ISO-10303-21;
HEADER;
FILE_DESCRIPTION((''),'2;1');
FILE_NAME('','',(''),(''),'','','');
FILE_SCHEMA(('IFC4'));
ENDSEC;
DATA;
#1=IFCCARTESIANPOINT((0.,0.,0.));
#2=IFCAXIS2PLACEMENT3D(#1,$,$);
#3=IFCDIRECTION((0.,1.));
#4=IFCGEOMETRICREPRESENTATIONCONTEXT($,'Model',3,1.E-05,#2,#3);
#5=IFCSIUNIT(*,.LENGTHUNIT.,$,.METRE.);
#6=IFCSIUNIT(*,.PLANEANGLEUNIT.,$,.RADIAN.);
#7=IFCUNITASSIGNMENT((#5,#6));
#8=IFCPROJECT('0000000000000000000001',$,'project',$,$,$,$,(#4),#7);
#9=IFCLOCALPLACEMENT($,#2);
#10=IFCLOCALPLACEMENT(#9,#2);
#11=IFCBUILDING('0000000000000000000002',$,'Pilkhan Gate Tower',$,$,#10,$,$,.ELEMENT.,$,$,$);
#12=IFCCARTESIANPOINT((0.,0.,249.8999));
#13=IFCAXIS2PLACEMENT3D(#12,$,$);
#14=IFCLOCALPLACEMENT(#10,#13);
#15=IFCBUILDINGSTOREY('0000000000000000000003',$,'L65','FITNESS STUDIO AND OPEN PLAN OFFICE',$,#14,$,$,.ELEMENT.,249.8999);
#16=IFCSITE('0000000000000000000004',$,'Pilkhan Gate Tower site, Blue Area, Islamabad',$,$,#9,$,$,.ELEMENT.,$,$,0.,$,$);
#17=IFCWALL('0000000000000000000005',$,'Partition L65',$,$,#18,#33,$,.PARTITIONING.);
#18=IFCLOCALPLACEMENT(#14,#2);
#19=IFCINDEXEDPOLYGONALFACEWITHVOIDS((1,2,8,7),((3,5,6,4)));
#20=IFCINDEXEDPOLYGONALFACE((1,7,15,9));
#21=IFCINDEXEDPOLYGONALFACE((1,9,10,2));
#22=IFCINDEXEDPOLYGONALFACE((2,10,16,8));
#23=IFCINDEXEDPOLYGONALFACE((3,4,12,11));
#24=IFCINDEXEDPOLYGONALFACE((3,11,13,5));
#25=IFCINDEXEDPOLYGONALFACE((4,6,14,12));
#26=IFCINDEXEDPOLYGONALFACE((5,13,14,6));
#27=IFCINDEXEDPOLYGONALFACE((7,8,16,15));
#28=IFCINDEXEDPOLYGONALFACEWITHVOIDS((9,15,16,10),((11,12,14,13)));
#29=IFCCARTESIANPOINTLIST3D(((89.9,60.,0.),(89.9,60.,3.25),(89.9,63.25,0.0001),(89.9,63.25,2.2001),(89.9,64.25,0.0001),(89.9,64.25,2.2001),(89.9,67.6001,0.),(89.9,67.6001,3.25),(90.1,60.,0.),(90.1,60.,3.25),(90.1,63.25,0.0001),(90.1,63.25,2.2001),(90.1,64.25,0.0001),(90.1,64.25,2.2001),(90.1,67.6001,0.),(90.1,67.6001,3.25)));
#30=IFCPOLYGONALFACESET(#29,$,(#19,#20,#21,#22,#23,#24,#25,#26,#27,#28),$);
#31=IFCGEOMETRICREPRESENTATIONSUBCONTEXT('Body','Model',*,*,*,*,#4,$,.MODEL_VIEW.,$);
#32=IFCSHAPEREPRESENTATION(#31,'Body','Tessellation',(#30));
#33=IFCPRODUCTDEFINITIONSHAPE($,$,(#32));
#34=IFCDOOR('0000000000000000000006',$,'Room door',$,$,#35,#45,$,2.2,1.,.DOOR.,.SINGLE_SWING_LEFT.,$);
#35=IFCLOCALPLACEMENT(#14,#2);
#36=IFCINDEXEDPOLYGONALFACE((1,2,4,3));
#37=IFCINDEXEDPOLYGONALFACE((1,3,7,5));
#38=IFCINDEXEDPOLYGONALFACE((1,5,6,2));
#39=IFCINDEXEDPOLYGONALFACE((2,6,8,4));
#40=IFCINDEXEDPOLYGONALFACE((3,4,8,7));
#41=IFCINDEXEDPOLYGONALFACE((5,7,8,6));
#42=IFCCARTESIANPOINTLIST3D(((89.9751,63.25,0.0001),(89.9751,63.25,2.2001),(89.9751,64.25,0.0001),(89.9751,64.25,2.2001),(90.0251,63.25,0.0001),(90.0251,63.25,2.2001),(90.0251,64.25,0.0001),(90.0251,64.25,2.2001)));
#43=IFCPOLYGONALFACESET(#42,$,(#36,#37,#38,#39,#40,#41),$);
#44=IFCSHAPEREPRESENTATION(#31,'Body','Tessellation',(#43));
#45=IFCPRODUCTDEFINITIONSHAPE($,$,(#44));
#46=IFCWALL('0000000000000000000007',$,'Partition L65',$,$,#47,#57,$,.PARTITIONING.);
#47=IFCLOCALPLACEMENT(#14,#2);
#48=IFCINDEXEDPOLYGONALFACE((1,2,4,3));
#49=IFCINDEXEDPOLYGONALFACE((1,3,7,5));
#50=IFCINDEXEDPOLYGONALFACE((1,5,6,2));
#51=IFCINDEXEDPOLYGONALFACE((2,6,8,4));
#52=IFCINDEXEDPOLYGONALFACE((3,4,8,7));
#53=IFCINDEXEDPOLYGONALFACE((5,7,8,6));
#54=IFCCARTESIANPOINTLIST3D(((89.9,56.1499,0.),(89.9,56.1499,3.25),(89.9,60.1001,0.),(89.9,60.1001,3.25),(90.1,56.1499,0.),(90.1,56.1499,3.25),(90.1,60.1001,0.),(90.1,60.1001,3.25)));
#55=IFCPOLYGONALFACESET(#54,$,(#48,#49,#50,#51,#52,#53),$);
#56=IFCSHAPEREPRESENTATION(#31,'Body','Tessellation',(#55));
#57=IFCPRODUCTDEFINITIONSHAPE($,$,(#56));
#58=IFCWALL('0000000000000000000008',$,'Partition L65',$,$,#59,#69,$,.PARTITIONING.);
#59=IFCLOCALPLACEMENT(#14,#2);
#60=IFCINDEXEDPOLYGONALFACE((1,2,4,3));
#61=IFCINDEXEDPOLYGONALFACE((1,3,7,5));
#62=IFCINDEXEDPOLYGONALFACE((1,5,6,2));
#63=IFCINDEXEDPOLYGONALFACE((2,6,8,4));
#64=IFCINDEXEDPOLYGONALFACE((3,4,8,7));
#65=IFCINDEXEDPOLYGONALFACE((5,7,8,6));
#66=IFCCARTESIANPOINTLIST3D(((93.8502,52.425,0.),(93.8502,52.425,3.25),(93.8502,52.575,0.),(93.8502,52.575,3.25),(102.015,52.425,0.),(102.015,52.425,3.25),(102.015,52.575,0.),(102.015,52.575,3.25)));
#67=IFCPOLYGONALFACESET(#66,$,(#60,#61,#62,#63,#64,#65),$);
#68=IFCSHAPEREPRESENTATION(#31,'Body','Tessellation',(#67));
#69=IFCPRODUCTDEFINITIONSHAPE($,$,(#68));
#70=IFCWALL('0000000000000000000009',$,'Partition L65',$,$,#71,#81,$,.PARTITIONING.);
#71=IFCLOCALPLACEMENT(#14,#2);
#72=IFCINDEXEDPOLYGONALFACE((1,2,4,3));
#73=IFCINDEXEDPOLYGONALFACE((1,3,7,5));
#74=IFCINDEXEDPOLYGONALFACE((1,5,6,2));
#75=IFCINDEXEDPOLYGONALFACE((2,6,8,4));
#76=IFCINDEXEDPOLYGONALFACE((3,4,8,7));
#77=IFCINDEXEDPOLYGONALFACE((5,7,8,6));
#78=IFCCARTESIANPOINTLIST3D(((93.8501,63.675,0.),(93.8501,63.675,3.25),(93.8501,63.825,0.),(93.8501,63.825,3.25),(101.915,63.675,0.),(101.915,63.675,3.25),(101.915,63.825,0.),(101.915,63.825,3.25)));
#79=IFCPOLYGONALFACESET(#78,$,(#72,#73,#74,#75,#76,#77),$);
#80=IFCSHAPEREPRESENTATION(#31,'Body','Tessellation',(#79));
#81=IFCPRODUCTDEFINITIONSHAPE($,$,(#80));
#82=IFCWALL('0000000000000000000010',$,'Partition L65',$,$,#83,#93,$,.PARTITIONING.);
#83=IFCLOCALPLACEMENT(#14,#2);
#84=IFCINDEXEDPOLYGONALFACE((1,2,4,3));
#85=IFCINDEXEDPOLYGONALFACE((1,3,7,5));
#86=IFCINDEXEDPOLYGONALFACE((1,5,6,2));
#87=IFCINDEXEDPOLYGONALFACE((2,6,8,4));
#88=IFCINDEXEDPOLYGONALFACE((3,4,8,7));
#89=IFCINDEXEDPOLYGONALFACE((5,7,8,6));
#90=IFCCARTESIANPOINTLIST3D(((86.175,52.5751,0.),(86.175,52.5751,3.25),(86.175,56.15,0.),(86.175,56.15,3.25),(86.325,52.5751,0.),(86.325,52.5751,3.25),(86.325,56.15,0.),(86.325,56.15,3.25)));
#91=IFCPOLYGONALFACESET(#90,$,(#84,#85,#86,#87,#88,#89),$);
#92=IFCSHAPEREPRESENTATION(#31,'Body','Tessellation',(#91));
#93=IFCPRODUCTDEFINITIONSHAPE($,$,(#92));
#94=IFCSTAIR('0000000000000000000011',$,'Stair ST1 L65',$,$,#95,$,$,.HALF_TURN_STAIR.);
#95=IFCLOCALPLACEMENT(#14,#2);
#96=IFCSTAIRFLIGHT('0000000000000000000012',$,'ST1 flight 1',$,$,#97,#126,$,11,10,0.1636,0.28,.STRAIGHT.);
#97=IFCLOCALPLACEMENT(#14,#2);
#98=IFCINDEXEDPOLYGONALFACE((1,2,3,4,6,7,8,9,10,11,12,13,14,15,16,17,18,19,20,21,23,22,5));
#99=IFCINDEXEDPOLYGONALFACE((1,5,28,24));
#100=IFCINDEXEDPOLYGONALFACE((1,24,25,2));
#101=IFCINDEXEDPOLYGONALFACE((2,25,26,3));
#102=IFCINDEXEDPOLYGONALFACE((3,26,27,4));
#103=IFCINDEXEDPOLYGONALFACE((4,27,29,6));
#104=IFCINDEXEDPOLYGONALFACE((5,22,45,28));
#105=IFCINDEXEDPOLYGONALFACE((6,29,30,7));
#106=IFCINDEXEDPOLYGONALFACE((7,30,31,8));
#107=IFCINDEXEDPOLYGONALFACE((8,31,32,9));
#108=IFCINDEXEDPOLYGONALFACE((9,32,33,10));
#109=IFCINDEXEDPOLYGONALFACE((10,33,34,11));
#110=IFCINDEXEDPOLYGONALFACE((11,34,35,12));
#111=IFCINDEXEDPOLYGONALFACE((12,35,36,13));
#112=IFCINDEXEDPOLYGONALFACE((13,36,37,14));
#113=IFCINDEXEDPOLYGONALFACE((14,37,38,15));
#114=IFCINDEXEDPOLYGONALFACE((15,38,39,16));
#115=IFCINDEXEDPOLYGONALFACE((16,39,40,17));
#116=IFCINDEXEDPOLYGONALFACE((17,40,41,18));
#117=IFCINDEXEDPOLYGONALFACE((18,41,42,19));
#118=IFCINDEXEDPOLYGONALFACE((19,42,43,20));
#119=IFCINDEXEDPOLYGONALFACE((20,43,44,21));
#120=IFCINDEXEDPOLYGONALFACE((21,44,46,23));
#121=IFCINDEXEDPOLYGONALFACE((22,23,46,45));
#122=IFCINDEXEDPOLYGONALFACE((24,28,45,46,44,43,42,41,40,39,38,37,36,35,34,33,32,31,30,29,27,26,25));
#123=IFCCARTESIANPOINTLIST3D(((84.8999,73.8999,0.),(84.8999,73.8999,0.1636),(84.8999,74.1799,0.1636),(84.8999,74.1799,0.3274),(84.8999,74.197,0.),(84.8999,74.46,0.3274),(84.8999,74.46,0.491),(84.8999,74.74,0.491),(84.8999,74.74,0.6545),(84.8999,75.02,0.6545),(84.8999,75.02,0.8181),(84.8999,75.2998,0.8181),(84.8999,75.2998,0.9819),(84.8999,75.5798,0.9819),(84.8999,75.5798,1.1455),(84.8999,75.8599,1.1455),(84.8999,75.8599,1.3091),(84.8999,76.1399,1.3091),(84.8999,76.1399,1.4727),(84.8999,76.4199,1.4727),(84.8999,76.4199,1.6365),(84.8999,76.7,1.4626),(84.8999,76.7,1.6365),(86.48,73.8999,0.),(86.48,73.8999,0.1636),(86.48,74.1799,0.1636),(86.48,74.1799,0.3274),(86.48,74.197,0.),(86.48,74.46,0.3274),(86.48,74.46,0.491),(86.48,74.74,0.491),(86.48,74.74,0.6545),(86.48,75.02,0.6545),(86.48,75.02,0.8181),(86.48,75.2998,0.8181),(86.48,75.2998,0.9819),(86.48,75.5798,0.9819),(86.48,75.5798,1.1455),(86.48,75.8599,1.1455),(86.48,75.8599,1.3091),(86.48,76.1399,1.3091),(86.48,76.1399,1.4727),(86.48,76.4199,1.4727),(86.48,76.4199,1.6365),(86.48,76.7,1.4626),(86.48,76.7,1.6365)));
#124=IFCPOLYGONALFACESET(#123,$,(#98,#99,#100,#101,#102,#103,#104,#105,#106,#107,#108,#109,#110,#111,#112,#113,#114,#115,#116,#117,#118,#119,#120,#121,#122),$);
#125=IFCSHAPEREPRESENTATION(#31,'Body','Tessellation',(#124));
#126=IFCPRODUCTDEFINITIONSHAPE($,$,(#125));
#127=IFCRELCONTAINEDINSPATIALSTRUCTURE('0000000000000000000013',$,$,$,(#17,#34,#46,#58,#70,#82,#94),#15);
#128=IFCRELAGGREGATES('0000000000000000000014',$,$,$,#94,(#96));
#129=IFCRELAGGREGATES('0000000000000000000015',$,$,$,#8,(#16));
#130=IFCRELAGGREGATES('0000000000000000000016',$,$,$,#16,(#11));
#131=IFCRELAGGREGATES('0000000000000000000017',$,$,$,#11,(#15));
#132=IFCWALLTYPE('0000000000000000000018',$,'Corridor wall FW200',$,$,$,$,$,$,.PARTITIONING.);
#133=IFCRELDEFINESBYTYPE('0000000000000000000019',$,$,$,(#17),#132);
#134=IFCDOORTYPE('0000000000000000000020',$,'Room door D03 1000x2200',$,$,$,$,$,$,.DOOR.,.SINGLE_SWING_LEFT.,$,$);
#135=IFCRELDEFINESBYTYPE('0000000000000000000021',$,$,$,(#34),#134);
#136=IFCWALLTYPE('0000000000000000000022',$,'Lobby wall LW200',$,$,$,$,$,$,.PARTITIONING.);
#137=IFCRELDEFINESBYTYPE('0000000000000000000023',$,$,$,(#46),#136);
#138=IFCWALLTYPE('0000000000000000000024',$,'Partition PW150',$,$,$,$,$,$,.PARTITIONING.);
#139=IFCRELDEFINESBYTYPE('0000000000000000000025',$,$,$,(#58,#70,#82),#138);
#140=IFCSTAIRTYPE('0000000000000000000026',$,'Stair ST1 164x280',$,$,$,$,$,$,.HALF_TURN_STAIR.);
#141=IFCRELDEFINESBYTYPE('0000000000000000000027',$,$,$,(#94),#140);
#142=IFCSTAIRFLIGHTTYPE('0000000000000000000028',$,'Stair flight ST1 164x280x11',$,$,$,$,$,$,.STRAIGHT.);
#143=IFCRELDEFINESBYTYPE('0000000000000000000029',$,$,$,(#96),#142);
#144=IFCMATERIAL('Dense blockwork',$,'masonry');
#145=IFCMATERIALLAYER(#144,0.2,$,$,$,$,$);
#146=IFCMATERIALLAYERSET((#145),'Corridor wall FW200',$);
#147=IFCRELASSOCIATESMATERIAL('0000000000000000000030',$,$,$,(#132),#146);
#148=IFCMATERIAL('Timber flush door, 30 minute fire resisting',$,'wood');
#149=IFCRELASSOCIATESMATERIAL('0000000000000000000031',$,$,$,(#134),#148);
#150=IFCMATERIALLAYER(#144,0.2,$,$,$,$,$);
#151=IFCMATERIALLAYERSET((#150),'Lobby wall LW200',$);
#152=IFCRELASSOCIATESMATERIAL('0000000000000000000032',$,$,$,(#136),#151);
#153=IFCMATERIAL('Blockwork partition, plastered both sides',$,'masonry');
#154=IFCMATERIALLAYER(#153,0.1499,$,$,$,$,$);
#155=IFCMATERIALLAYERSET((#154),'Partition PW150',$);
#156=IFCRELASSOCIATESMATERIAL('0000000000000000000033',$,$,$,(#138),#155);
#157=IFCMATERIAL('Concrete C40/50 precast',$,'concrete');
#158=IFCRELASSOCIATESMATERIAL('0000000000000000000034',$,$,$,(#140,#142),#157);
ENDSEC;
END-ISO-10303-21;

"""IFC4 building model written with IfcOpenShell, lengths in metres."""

from ifc_helpers import new_model, si_unit, direction, frame, frame_2d, origin, place, context, subcontext, project, spatial, polyline, rectangle, outline, extrude, material, layer, layer_set, type_object, element, fill, aggregate, save


model = new_model("IFC4")

# Units and contexts
model_context = context("Model", 3, precision=1e-05, world=origin(), true_north=direction((0.0, 1.0)))
body_context = subcontext(model_context, "Body", "Model", "MODEL_VIEW")
ifc_project = project(units=[si_unit("LENGTHUNIT", "METRE"), si_unit("PLANEANGLEUNIT", "RADIAN")], contexts=[model_context])

# Site, building, storey
site_placement = place(None, origin())
site = spatial("IfcSite", under=ifc_project, at=site_placement, Name="Pilkhan Gate Tower site, Blue Area, Islamabad", CompositionType="ELEMENT", RefElevation=0.0)
building_placement = place(site_placement, origin())
building = spatial("IfcBuilding", under=site, at=building_placement, Name="Pilkhan Gate Tower", CompositionType="ELEMENT")
storey_placement = place(building_placement, frame((0.0, 0.0, 249.8999)))
storey = spatial("IfcBuildingStorey", under=building, at=storey_placement, Name="L65", Description="FITNESS STUDIO AND OPEN PLAN OFFICE", CompositionType="ELEMENT", Elevation=249.8999)

# Wall, opening, door
ifc_material_1 = material(Name="Dense blockwork", Category="masonry")
ifc_layer_1 = layer(ifc_material_1, 0.2)
ifc_layer_set_1 = layer_set([ifc_layer_1], Name="Corridor wall FW200")
wall_type_1 = type_object("IfcWallType", Name="Corridor wall FW200", PredefinedType="PARTITIONING", material=ifc_layer_set_1)
wall_1_placement = place(storey_placement, frame((90.0, 60.0, 0.0), z_axis=(0.0, 0.0, 1.0), x_axis=(0.0, 1.0, 0.0)))
wall_1 = element("IfcWall", 1, at=wall_1_placement, inside=storey, type_object=wall_type_1, Name="Partition L65", PredefinedType="PARTITIONING", context=body_context, shape_type="SweptSolid", body=[
    extrude(rectangle(XDim=7.6001, YDim=0.2, at=frame_2d((3.8, 0.0))), origin(), (0.0, 0.0, 1.0), 3.25),
])
opening_1_placement = place(wall_1_placement, frame((3.25, 0.0, 0.0)))
opening_1 = element("IfcOpeningElement", 2, at=opening_1_placement, cuts=wall_1, PredefinedType="OPENING", context=body_context, shape_type="SweptSolid", body=[
    extrude(rectangle(XDim=1.0, YDim=2.2, at=frame_2d((0.5, 1.1001))), frame((0.0, 0.1099, 0.0), z_axis=(0.0, -1.0, 0.0), x_axis=(1.0, 0.0, 0.0)), (0.0, 0.0, 1.0), 0.22),
])
ifc_material_2 = material(Name="Timber flush door, 30 minute fire resisting", Category="wood")
door_type_1 = type_object("IfcDoorType", Name="Room door D03 1000x2200", OperationType="SINGLE_SWING_LEFT", PredefinedType="DOOR", material=ifc_material_2)
door_1_placement = place(opening_1_placement, origin())
door_1 = element("IfcDoor", 3, at=door_1_placement, inside=storey, type_object=door_type_1, Name="Room door", OperationType="SINGLE_SWING_LEFT", OverallHeight=2.2, OverallWidth=1.0, PredefinedType="DOOR", context=body_context, shape_type="SweptSolid", body=[
    extrude(rectangle(XDim=1.0, YDim=2.2, at=frame_2d((0.5, 1.1001))), frame((0.0, 0.0249, 0.0), z_axis=(0.0, -1.0, 0.0), x_axis=(1.0, 0.0, 0.0)), (0.0, 0.0, 1.0), 0.05),
])
fill(opening_1, door_1)

# Walls
ifc_layer_2 = layer(ifc_material_1, 0.2)
ifc_layer_set_2 = layer_set([ifc_layer_2], Name="Lobby wall LW200")
wall_type_2 = type_object("IfcWallType", Name="Lobby wall LW200", PredefinedType="PARTITIONING", material=ifc_layer_set_2)
wall_2_placement = place(storey_placement, frame((90.0, 56.1499, 0.0), z_axis=(0.0, 0.0, 1.0), x_axis=(0.0, 1.0, 0.0)))
element("IfcWall", 4, at=wall_2_placement, inside=storey, type_object=wall_type_2, Name="Partition L65", PredefinedType="PARTITIONING", context=body_context, shape_type="SweptSolid", body=[
    extrude(rectangle(XDim=3.9502, YDim=0.2, at=frame_2d((1.9751, 0.0))), origin(), (0.0, 0.0, 1.0), 3.25),
])
ifc_material_3 = material(Name="Blockwork partition, plastered both sides", Category="masonry")
ifc_layer_3 = layer(ifc_material_3, 0.1499)
ifc_layer_set_3 = layer_set([ifc_layer_3], Name="Partition PW150")
wall_type_3 = type_object("IfcWallType", Name="Partition PW150", PredefinedType="PARTITIONING", material=ifc_layer_set_3)
wall_3_placement = place(storey_placement, frame((93.8501, 52.5, 0.0), z_axis=(0.0, 0.0, 1.0), x_axis=(1.0, 0.0, 0.0)))
element("IfcWall", 5, at=wall_3_placement, inside=storey, type_object=wall_type_3, Name="Partition L65", PredefinedType="PARTITIONING", context=body_context, shape_type="SweptSolid", body=[
    extrude(rectangle(XDim=8.1648, YDim=0.1499, at=frame_2d((4.0825, 0.0))), origin(), (0.0, 0.0, 1.0), 3.25),
])
wall_4_placement = place(storey_placement, frame((93.8501, 63.75, 0.0), z_axis=(0.0, 0.0, 1.0), x_axis=(1.0, 0.0, 0.0)))
element("IfcWall", 6, at=wall_4_placement, inside=storey, type_object=wall_type_3, Name="Partition L65", PredefinedType="PARTITIONING", context=body_context, shape_type="SweptSolid", body=[
    extrude(rectangle(XDim=8.0649, YDim=0.1499, at=frame_2d((4.0325, 0.0))), origin(), (0.0, 0.0, 1.0), 3.25),
])
wall_5_placement = place(storey_placement, frame((86.25, 52.575, 0.0), z_axis=(0.0, 0.0, 1.0), x_axis=(0.0, 1.0, 0.0)))
element("IfcWall", 7, at=wall_5_placement, inside=storey, type_object=wall_type_3, Name="Partition L65", PredefinedType="PARTITIONING", context=body_context, shape_type="SweptSolid", body=[
    extrude(rectangle(XDim=3.575, YDim=0.1499, at=frame_2d((1.7876, 0.0))), origin(), (0.0, 0.0, 1.0), 3.25),
])

# Stair, stair flight
ifc_material_4 = material(Name="Concrete C40/50 precast", Category="concrete")
stair_type = type_object("IfcStairType", Name="Stair ST1 164x280", PredefinedType="HALF_TURN_STAIR", material=ifc_material_4)
stair_placement = place(storey_placement, origin())
stair = element("IfcStair", 8, at=stair_placement, inside=storey, type_object=stair_type, Name="Stair ST1 L65", PredefinedType="HALF_TURN_STAIR")
stair_flight_type = type_object("IfcStairFlightType", Name="Stair flight ST1 164x280x11", PredefinedType="STRAIGHT", material=ifc_material_4)
stair_flight_placement = place(storey_placement, frame((85.6899, 73.8999, 0.0), z_axis=(0.0, 0.0, 1.0), x_axis=(0.0, 1.0, 0.0)))
stair_flight = element("IfcStairFlight", 9, at=stair_flight_placement, type_object=stair_flight_type, Name="ST1 flight 1", NumberOfRisers=11, NumberOfTreads=10, PredefinedType="STRAIGHT", RiserHeight=0.1636, TreadLength=0.28, context=body_context, shape_type="SweptSolid", body=[
    extrude(outline(polyline([(0.0, 0.0), (0.0, 0.1636), (0.28, 0.1636), (0.28, 0.3274), (0.5601, 0.3274), (0.5601, 0.491), (0.8401, 0.491), (0.8401, 0.6545), (1.1201, 0.6545), (1.1201, 0.8181), (1.3999, 0.8181), (1.3999, 0.9819), (1.6799, 0.9819), (1.6799, 1.1455), (1.96, 1.1455), (1.96, 1.3091), (2.24, 1.3091), (2.24, 1.4727), (2.52, 1.4727), (2.52, 1.6365), (2.8, 1.6365), (2.8, 1.8), (2.8, 1.4626), (0.2971, 0.0), (0.0, 0.0)])), frame((0.0, 0.79, 0.0), z_axis=(0.0, -1.0, 0.0), x_axis=(1.0, 0.0, 0.0)), (0.0, 0.0, 1.0), 1.5801),
])
aggregate(stair, [stair_flight])

save(model, "model.ifc")
